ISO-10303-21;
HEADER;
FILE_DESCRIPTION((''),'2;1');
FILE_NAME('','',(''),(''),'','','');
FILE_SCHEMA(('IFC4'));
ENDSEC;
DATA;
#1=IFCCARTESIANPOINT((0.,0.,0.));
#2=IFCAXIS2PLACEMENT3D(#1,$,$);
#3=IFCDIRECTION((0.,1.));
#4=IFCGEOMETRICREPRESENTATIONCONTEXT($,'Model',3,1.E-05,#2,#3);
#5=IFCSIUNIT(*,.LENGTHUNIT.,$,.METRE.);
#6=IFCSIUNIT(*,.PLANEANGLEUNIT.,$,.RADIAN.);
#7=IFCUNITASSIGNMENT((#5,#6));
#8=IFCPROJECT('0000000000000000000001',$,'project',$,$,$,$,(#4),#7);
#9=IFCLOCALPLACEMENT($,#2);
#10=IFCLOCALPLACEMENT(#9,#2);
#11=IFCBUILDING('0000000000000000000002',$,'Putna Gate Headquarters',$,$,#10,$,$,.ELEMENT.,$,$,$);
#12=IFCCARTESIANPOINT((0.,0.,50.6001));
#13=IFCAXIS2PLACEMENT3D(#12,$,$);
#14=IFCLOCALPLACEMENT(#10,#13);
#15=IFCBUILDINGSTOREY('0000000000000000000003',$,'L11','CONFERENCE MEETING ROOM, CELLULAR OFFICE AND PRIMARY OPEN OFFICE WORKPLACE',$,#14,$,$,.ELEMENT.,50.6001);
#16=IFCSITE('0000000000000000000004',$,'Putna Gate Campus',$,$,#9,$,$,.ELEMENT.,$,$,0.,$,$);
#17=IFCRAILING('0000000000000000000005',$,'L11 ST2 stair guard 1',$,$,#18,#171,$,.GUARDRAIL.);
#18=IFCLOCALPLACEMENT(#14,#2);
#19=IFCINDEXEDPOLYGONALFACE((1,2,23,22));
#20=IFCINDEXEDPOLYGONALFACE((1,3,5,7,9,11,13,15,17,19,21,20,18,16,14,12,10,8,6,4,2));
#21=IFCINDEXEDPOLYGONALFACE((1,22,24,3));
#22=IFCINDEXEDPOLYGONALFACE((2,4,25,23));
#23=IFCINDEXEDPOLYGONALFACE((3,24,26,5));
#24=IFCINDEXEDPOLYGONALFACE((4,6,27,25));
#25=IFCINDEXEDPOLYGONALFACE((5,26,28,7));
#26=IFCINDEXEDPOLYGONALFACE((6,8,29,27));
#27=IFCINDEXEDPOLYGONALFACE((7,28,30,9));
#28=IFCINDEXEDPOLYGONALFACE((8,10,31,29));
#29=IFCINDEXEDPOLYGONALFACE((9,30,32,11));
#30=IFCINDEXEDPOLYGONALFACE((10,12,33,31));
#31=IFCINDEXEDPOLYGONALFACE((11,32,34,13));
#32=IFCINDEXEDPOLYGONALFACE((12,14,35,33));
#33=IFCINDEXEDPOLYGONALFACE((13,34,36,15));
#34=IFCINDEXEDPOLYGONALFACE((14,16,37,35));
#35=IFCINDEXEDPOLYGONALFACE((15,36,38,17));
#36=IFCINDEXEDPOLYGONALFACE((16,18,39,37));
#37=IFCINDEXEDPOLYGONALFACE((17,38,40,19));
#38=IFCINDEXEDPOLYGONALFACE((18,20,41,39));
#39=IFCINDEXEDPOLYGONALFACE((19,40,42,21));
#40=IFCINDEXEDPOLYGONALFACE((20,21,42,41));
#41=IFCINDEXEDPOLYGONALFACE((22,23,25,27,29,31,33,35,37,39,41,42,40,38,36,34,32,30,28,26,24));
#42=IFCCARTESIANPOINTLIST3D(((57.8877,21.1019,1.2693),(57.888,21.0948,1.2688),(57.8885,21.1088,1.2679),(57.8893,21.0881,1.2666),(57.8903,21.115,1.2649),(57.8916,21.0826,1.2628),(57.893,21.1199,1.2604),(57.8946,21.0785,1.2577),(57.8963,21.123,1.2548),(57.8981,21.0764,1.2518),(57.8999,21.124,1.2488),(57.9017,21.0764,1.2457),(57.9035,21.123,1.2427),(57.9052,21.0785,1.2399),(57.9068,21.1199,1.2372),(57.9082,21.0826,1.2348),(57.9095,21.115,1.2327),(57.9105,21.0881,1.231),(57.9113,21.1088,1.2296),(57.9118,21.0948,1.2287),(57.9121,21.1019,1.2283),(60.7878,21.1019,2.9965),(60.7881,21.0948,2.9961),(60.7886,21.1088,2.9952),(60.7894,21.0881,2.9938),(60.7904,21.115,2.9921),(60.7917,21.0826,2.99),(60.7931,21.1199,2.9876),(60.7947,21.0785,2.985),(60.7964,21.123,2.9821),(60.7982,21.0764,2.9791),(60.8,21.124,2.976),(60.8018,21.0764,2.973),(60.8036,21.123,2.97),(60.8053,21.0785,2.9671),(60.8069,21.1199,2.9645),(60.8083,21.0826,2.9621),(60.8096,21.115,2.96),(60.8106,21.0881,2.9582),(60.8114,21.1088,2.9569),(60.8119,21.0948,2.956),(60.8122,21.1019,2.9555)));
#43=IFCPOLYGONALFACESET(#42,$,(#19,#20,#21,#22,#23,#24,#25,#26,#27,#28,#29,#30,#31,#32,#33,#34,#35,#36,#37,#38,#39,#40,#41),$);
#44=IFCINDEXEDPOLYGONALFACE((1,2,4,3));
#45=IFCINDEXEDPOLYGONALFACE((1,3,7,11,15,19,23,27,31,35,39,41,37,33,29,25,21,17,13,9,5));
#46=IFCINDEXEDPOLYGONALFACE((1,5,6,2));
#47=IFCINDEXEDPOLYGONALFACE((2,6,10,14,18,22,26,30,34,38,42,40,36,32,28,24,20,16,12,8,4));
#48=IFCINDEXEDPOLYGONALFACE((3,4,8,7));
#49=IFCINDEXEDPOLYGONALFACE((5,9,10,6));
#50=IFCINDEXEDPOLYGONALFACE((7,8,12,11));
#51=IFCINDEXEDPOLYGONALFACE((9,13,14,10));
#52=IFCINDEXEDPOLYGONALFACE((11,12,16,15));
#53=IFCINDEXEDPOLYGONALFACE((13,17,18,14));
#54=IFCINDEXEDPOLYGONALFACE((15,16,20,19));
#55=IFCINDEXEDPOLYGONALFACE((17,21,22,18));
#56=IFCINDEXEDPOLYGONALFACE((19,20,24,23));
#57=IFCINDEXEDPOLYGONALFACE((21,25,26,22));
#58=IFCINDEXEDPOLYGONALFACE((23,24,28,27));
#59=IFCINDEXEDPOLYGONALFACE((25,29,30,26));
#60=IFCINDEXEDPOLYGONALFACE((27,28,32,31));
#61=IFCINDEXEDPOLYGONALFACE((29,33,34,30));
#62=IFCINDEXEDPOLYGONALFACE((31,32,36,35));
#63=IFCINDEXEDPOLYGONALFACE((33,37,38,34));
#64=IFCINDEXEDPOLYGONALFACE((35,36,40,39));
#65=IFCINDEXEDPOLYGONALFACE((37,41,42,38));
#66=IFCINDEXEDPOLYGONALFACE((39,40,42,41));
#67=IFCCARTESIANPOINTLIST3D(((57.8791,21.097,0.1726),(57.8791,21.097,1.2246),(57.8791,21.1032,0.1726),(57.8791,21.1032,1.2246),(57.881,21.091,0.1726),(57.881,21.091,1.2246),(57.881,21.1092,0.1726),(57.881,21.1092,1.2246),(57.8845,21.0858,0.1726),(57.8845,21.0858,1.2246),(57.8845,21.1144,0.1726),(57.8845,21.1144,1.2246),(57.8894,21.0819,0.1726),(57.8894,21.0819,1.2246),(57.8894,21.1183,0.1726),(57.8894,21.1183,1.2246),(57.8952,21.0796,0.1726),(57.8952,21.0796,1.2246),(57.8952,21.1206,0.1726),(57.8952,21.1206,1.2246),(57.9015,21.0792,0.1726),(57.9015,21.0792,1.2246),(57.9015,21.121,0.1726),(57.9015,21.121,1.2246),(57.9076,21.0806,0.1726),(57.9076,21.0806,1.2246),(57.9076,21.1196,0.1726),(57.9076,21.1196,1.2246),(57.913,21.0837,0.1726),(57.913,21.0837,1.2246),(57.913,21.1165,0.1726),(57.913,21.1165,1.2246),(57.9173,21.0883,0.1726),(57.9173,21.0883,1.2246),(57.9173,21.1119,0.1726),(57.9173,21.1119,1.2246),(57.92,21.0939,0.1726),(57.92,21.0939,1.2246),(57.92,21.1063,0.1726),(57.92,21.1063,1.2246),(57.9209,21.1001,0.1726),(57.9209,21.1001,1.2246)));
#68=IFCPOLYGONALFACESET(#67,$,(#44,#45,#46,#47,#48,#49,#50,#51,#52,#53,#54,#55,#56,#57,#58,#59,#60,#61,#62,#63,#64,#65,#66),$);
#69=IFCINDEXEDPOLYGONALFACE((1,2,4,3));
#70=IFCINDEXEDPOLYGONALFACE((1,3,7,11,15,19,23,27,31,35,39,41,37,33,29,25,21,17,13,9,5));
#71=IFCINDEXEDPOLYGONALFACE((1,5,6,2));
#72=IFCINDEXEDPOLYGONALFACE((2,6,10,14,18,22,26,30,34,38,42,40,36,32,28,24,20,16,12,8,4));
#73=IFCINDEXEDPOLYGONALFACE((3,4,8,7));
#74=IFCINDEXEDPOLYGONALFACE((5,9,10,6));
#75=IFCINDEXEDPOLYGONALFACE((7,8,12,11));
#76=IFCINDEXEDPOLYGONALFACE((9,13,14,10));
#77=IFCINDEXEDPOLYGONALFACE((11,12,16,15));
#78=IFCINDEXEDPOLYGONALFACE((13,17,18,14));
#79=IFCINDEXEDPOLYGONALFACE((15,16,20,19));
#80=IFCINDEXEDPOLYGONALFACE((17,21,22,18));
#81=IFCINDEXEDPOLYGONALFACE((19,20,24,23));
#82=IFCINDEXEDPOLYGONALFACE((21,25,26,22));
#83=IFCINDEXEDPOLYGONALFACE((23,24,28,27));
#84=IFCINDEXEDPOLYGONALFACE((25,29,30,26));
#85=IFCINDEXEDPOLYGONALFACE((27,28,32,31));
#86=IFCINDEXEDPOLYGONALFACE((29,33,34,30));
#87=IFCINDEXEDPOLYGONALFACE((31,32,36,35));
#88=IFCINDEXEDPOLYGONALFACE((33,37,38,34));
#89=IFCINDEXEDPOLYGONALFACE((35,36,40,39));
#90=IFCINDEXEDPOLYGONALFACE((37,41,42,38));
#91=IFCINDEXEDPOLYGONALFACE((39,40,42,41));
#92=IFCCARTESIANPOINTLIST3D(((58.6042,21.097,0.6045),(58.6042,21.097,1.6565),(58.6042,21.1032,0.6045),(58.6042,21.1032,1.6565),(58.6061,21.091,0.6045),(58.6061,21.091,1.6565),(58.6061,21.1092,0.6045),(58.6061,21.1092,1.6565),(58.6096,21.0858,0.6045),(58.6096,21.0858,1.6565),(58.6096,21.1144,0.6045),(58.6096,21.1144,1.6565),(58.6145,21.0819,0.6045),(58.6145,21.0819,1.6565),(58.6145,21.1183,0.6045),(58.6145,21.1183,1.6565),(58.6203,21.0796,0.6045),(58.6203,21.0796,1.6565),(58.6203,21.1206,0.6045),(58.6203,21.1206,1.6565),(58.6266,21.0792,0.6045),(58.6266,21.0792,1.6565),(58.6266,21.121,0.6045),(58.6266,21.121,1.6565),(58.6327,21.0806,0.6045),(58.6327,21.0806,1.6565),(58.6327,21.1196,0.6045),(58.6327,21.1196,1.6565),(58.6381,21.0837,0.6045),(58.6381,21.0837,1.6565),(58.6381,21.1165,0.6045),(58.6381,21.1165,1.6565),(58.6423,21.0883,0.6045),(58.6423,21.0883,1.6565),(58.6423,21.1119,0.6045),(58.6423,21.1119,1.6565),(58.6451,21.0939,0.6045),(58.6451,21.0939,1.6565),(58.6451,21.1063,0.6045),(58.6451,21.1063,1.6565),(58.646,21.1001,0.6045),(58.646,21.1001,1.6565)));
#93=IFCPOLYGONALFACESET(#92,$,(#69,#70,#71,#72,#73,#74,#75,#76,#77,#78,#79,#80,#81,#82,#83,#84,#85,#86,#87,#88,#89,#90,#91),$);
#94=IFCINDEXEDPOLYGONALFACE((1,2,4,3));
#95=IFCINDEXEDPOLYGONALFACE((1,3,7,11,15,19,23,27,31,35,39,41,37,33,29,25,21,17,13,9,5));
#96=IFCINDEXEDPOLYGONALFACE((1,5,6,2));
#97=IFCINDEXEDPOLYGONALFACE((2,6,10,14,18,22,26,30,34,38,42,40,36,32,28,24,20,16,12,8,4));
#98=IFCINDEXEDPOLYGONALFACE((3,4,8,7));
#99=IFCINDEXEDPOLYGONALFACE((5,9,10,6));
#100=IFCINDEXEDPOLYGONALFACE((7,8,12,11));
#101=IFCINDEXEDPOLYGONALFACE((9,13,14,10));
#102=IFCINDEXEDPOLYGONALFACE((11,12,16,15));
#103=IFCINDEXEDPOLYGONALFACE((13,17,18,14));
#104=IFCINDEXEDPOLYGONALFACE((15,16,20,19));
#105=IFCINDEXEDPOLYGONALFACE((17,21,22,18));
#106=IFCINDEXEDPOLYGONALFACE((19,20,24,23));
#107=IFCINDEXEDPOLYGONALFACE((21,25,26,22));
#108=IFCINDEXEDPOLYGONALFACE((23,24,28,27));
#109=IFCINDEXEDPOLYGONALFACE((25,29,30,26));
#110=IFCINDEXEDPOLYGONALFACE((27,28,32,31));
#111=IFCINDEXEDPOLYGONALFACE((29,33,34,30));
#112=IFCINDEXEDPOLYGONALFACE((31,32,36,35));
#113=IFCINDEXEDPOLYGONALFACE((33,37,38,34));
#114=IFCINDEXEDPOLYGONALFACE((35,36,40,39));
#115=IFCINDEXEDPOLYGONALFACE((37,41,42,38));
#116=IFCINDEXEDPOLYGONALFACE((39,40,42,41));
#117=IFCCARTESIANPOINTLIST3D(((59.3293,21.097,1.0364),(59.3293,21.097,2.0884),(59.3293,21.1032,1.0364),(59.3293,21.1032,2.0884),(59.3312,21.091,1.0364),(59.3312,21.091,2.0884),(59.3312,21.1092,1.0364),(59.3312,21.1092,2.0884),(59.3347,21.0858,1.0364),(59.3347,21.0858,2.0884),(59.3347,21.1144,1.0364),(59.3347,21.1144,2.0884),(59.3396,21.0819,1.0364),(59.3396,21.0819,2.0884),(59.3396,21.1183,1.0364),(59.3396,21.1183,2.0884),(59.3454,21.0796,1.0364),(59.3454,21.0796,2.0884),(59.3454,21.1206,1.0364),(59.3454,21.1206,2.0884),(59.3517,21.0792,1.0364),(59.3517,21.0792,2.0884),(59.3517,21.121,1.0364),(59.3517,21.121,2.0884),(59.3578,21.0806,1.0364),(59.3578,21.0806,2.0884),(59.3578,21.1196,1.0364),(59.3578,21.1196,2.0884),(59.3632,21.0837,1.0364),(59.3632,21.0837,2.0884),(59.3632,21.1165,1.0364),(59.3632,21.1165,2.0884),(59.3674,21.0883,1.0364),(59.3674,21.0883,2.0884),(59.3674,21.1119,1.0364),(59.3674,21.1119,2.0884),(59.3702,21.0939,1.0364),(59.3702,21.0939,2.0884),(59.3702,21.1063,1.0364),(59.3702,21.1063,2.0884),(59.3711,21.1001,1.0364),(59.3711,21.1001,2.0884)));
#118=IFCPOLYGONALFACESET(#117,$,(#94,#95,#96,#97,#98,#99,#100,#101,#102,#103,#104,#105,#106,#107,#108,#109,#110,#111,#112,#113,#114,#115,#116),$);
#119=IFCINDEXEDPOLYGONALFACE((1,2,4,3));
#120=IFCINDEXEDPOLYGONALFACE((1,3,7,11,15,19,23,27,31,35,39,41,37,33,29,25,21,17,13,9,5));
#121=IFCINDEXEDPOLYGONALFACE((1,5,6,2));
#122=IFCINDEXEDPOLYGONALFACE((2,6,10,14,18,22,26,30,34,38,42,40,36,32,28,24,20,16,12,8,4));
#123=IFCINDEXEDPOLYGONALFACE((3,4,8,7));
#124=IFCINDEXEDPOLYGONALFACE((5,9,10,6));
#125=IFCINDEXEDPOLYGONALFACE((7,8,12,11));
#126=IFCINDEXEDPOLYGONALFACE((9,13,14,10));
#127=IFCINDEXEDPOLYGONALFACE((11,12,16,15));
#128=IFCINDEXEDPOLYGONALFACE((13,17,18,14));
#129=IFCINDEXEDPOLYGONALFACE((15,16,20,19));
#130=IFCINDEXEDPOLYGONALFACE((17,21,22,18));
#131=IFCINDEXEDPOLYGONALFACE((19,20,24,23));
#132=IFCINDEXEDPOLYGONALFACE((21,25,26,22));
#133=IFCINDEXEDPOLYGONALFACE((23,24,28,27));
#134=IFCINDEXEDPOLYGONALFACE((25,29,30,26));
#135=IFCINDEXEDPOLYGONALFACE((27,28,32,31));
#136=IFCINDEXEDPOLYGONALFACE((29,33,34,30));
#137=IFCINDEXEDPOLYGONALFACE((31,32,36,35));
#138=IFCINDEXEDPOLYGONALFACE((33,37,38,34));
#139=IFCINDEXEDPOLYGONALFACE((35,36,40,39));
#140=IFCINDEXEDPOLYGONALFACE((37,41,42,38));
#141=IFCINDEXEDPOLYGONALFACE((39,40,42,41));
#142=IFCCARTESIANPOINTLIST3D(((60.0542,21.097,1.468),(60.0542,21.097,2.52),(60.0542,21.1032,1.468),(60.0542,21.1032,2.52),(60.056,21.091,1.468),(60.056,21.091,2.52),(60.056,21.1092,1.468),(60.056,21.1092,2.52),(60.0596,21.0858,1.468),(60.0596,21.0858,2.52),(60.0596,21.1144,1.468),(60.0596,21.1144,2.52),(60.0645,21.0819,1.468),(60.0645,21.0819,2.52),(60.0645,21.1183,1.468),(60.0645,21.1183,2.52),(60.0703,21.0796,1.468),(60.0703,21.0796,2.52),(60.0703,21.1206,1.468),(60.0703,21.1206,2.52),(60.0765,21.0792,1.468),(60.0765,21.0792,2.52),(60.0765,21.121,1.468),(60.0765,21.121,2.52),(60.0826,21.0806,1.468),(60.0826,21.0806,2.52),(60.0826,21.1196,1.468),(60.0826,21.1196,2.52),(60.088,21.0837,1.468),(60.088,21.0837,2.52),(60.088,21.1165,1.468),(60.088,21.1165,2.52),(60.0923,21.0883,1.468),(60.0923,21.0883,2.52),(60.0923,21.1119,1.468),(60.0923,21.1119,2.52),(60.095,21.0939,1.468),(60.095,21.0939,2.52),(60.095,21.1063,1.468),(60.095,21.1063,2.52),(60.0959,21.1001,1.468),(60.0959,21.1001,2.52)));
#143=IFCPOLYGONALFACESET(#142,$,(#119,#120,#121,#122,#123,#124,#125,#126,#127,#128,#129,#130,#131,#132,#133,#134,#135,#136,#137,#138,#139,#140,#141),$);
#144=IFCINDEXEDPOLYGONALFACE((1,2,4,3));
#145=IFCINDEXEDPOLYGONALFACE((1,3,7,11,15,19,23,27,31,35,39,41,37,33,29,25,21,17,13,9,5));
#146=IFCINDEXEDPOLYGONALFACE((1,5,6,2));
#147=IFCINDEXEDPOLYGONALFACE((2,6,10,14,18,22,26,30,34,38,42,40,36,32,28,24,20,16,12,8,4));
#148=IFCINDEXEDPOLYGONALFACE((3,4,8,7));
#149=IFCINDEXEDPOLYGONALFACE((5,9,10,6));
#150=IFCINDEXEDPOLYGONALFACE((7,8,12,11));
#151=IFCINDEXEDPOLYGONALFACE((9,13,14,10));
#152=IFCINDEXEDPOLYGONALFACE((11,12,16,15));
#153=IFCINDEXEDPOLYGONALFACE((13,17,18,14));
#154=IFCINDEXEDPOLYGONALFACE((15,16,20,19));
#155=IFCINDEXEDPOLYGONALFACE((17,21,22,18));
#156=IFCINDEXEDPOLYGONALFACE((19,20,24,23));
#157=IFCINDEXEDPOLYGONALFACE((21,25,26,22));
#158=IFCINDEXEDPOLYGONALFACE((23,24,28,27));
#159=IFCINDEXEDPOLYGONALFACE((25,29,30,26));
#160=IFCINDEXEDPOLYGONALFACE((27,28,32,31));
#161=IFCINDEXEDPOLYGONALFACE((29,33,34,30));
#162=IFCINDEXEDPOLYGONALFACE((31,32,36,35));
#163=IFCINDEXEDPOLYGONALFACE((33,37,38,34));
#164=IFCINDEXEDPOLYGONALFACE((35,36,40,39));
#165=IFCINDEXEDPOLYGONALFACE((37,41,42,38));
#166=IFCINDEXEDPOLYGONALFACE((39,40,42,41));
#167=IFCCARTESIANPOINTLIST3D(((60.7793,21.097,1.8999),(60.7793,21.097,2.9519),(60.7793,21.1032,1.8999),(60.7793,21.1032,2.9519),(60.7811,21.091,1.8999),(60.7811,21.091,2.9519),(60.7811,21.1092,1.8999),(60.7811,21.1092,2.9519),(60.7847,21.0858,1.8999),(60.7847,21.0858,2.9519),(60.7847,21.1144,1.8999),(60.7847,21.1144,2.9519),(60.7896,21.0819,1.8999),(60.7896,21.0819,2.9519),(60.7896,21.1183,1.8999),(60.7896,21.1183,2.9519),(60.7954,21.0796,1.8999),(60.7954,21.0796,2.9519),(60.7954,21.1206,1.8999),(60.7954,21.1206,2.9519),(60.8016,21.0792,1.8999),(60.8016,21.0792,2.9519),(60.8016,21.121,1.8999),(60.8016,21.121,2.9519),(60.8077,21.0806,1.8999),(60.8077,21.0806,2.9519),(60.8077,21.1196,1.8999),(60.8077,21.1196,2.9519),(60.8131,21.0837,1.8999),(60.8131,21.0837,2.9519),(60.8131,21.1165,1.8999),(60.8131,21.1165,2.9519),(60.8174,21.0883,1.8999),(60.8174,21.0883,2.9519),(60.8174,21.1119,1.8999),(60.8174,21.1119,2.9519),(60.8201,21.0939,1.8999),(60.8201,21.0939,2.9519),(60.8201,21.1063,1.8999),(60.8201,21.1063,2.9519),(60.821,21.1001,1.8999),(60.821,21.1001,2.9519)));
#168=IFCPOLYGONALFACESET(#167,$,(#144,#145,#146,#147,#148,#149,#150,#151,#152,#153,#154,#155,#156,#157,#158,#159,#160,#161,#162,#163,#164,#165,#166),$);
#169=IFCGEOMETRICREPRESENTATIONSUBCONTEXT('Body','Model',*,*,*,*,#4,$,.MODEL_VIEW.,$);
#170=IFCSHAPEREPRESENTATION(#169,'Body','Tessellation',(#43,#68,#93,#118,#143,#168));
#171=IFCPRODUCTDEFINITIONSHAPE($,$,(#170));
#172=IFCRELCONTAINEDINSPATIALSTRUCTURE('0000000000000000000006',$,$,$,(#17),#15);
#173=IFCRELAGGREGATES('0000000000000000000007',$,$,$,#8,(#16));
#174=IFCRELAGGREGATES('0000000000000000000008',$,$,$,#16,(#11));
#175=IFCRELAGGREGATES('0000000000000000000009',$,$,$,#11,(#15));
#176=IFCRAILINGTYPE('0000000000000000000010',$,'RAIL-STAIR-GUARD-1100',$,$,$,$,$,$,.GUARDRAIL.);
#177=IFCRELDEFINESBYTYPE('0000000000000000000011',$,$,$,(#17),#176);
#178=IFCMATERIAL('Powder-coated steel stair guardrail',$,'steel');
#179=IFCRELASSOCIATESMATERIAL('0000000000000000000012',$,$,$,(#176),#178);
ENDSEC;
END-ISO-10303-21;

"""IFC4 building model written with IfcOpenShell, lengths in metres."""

from ifc_helpers import new_model, si_unit, direction, frame, origin, origin_2d, place, context, subcontext, project, spatial, circle, extrude, material, type_object, element, save


model = new_model("IFC4")

# Units and contexts
model_context = context("Model", 3, precision=1e-05, world=origin(), true_north=direction((0.0, 1.0)))
body_context = subcontext(model_context, "Body", "Model", "MODEL_VIEW")
ifc_project = project(units=[si_unit("LENGTHUNIT", "METRE"), si_unit("PLANEANGLEUNIT", "RADIAN")], contexts=[model_context])

# Site, building, storey
site_placement = place(None, origin())
site = spatial("IfcSite", under=ifc_project, at=site_placement, Name="Putna Gate Campus", CompositionType="ELEMENT", RefElevation=0.0)
building_placement = place(site_placement, origin())
building = spatial("IfcBuilding", under=site, at=building_placement, Name="Putna Gate Headquarters", CompositionType="ELEMENT")
storey_placement = place(building_placement, frame((0.0, 0.0, 50.6001)))
storey = spatial("IfcBuildingStorey", under=building, at=storey_placement, Name="L11", Description="CONFERENCE MEETING ROOM, CELLULAR OFFICE AND PRIMARY OPEN OFFICE WORKPLACE", CompositionType="ELEMENT", Elevation=50.6001)

# Railing
ifc_material_1 = material(Name="Powder-coated steel stair guardrail", Category="steel")
railing_type_1 = type_object("IfcRailingType", Name="RAIL-STAIR-GUARD-1100", PredefinedType="GUARDRAIL", material=ifc_material_1)
railing_1_placement = place(storey_placement, frame((57.8999, 21.1001, 0.1726)))
element("IfcRailing", 1, at=railing_1_placement, inside=storey, type_object=railing_type_1, Name="L11 ST2 stair guard 1", PredefinedType="GUARDRAIL", context=body_context, shape_type="SweptSolid", body=[
    extrude(circle(Radius=0.0239, at=origin_2d()), frame((0.0, 0.0, 1.0762), z_axis=(0.85916, 0.0, 0.511706), x_axis=(0.0, 1.0, 0.0)), (0.0, 0.0, 1.0), 3.3755),
    extrude(circle(Radius=0.021, at=origin_2d()), origin(), (0.0, 0.0, 1.0), 1.052),
    extrude(circle(Radius=0.021, at=origin_2d()), frame((0.7251, 0.0, 0.4319)), (0.0, 0.0, 1.0), 1.052),
    extrude(circle(Radius=0.021, at=origin_2d()), frame((1.4502, 0.0, 0.8638)), (0.0, 0.0, 1.0), 1.052),
    extrude(circle(Radius=0.021, at=origin_2d()), frame((2.175, 0.0, 1.2954)), (0.0, 0.0, 1.0), 1.052),
    extrude(circle(Radius=0.021, at=origin_2d()), frame((2.9001, 0.0, 1.7273)), (0.0, 0.0, 1.0), 1.052),
])

save(model, "model.ifc")
